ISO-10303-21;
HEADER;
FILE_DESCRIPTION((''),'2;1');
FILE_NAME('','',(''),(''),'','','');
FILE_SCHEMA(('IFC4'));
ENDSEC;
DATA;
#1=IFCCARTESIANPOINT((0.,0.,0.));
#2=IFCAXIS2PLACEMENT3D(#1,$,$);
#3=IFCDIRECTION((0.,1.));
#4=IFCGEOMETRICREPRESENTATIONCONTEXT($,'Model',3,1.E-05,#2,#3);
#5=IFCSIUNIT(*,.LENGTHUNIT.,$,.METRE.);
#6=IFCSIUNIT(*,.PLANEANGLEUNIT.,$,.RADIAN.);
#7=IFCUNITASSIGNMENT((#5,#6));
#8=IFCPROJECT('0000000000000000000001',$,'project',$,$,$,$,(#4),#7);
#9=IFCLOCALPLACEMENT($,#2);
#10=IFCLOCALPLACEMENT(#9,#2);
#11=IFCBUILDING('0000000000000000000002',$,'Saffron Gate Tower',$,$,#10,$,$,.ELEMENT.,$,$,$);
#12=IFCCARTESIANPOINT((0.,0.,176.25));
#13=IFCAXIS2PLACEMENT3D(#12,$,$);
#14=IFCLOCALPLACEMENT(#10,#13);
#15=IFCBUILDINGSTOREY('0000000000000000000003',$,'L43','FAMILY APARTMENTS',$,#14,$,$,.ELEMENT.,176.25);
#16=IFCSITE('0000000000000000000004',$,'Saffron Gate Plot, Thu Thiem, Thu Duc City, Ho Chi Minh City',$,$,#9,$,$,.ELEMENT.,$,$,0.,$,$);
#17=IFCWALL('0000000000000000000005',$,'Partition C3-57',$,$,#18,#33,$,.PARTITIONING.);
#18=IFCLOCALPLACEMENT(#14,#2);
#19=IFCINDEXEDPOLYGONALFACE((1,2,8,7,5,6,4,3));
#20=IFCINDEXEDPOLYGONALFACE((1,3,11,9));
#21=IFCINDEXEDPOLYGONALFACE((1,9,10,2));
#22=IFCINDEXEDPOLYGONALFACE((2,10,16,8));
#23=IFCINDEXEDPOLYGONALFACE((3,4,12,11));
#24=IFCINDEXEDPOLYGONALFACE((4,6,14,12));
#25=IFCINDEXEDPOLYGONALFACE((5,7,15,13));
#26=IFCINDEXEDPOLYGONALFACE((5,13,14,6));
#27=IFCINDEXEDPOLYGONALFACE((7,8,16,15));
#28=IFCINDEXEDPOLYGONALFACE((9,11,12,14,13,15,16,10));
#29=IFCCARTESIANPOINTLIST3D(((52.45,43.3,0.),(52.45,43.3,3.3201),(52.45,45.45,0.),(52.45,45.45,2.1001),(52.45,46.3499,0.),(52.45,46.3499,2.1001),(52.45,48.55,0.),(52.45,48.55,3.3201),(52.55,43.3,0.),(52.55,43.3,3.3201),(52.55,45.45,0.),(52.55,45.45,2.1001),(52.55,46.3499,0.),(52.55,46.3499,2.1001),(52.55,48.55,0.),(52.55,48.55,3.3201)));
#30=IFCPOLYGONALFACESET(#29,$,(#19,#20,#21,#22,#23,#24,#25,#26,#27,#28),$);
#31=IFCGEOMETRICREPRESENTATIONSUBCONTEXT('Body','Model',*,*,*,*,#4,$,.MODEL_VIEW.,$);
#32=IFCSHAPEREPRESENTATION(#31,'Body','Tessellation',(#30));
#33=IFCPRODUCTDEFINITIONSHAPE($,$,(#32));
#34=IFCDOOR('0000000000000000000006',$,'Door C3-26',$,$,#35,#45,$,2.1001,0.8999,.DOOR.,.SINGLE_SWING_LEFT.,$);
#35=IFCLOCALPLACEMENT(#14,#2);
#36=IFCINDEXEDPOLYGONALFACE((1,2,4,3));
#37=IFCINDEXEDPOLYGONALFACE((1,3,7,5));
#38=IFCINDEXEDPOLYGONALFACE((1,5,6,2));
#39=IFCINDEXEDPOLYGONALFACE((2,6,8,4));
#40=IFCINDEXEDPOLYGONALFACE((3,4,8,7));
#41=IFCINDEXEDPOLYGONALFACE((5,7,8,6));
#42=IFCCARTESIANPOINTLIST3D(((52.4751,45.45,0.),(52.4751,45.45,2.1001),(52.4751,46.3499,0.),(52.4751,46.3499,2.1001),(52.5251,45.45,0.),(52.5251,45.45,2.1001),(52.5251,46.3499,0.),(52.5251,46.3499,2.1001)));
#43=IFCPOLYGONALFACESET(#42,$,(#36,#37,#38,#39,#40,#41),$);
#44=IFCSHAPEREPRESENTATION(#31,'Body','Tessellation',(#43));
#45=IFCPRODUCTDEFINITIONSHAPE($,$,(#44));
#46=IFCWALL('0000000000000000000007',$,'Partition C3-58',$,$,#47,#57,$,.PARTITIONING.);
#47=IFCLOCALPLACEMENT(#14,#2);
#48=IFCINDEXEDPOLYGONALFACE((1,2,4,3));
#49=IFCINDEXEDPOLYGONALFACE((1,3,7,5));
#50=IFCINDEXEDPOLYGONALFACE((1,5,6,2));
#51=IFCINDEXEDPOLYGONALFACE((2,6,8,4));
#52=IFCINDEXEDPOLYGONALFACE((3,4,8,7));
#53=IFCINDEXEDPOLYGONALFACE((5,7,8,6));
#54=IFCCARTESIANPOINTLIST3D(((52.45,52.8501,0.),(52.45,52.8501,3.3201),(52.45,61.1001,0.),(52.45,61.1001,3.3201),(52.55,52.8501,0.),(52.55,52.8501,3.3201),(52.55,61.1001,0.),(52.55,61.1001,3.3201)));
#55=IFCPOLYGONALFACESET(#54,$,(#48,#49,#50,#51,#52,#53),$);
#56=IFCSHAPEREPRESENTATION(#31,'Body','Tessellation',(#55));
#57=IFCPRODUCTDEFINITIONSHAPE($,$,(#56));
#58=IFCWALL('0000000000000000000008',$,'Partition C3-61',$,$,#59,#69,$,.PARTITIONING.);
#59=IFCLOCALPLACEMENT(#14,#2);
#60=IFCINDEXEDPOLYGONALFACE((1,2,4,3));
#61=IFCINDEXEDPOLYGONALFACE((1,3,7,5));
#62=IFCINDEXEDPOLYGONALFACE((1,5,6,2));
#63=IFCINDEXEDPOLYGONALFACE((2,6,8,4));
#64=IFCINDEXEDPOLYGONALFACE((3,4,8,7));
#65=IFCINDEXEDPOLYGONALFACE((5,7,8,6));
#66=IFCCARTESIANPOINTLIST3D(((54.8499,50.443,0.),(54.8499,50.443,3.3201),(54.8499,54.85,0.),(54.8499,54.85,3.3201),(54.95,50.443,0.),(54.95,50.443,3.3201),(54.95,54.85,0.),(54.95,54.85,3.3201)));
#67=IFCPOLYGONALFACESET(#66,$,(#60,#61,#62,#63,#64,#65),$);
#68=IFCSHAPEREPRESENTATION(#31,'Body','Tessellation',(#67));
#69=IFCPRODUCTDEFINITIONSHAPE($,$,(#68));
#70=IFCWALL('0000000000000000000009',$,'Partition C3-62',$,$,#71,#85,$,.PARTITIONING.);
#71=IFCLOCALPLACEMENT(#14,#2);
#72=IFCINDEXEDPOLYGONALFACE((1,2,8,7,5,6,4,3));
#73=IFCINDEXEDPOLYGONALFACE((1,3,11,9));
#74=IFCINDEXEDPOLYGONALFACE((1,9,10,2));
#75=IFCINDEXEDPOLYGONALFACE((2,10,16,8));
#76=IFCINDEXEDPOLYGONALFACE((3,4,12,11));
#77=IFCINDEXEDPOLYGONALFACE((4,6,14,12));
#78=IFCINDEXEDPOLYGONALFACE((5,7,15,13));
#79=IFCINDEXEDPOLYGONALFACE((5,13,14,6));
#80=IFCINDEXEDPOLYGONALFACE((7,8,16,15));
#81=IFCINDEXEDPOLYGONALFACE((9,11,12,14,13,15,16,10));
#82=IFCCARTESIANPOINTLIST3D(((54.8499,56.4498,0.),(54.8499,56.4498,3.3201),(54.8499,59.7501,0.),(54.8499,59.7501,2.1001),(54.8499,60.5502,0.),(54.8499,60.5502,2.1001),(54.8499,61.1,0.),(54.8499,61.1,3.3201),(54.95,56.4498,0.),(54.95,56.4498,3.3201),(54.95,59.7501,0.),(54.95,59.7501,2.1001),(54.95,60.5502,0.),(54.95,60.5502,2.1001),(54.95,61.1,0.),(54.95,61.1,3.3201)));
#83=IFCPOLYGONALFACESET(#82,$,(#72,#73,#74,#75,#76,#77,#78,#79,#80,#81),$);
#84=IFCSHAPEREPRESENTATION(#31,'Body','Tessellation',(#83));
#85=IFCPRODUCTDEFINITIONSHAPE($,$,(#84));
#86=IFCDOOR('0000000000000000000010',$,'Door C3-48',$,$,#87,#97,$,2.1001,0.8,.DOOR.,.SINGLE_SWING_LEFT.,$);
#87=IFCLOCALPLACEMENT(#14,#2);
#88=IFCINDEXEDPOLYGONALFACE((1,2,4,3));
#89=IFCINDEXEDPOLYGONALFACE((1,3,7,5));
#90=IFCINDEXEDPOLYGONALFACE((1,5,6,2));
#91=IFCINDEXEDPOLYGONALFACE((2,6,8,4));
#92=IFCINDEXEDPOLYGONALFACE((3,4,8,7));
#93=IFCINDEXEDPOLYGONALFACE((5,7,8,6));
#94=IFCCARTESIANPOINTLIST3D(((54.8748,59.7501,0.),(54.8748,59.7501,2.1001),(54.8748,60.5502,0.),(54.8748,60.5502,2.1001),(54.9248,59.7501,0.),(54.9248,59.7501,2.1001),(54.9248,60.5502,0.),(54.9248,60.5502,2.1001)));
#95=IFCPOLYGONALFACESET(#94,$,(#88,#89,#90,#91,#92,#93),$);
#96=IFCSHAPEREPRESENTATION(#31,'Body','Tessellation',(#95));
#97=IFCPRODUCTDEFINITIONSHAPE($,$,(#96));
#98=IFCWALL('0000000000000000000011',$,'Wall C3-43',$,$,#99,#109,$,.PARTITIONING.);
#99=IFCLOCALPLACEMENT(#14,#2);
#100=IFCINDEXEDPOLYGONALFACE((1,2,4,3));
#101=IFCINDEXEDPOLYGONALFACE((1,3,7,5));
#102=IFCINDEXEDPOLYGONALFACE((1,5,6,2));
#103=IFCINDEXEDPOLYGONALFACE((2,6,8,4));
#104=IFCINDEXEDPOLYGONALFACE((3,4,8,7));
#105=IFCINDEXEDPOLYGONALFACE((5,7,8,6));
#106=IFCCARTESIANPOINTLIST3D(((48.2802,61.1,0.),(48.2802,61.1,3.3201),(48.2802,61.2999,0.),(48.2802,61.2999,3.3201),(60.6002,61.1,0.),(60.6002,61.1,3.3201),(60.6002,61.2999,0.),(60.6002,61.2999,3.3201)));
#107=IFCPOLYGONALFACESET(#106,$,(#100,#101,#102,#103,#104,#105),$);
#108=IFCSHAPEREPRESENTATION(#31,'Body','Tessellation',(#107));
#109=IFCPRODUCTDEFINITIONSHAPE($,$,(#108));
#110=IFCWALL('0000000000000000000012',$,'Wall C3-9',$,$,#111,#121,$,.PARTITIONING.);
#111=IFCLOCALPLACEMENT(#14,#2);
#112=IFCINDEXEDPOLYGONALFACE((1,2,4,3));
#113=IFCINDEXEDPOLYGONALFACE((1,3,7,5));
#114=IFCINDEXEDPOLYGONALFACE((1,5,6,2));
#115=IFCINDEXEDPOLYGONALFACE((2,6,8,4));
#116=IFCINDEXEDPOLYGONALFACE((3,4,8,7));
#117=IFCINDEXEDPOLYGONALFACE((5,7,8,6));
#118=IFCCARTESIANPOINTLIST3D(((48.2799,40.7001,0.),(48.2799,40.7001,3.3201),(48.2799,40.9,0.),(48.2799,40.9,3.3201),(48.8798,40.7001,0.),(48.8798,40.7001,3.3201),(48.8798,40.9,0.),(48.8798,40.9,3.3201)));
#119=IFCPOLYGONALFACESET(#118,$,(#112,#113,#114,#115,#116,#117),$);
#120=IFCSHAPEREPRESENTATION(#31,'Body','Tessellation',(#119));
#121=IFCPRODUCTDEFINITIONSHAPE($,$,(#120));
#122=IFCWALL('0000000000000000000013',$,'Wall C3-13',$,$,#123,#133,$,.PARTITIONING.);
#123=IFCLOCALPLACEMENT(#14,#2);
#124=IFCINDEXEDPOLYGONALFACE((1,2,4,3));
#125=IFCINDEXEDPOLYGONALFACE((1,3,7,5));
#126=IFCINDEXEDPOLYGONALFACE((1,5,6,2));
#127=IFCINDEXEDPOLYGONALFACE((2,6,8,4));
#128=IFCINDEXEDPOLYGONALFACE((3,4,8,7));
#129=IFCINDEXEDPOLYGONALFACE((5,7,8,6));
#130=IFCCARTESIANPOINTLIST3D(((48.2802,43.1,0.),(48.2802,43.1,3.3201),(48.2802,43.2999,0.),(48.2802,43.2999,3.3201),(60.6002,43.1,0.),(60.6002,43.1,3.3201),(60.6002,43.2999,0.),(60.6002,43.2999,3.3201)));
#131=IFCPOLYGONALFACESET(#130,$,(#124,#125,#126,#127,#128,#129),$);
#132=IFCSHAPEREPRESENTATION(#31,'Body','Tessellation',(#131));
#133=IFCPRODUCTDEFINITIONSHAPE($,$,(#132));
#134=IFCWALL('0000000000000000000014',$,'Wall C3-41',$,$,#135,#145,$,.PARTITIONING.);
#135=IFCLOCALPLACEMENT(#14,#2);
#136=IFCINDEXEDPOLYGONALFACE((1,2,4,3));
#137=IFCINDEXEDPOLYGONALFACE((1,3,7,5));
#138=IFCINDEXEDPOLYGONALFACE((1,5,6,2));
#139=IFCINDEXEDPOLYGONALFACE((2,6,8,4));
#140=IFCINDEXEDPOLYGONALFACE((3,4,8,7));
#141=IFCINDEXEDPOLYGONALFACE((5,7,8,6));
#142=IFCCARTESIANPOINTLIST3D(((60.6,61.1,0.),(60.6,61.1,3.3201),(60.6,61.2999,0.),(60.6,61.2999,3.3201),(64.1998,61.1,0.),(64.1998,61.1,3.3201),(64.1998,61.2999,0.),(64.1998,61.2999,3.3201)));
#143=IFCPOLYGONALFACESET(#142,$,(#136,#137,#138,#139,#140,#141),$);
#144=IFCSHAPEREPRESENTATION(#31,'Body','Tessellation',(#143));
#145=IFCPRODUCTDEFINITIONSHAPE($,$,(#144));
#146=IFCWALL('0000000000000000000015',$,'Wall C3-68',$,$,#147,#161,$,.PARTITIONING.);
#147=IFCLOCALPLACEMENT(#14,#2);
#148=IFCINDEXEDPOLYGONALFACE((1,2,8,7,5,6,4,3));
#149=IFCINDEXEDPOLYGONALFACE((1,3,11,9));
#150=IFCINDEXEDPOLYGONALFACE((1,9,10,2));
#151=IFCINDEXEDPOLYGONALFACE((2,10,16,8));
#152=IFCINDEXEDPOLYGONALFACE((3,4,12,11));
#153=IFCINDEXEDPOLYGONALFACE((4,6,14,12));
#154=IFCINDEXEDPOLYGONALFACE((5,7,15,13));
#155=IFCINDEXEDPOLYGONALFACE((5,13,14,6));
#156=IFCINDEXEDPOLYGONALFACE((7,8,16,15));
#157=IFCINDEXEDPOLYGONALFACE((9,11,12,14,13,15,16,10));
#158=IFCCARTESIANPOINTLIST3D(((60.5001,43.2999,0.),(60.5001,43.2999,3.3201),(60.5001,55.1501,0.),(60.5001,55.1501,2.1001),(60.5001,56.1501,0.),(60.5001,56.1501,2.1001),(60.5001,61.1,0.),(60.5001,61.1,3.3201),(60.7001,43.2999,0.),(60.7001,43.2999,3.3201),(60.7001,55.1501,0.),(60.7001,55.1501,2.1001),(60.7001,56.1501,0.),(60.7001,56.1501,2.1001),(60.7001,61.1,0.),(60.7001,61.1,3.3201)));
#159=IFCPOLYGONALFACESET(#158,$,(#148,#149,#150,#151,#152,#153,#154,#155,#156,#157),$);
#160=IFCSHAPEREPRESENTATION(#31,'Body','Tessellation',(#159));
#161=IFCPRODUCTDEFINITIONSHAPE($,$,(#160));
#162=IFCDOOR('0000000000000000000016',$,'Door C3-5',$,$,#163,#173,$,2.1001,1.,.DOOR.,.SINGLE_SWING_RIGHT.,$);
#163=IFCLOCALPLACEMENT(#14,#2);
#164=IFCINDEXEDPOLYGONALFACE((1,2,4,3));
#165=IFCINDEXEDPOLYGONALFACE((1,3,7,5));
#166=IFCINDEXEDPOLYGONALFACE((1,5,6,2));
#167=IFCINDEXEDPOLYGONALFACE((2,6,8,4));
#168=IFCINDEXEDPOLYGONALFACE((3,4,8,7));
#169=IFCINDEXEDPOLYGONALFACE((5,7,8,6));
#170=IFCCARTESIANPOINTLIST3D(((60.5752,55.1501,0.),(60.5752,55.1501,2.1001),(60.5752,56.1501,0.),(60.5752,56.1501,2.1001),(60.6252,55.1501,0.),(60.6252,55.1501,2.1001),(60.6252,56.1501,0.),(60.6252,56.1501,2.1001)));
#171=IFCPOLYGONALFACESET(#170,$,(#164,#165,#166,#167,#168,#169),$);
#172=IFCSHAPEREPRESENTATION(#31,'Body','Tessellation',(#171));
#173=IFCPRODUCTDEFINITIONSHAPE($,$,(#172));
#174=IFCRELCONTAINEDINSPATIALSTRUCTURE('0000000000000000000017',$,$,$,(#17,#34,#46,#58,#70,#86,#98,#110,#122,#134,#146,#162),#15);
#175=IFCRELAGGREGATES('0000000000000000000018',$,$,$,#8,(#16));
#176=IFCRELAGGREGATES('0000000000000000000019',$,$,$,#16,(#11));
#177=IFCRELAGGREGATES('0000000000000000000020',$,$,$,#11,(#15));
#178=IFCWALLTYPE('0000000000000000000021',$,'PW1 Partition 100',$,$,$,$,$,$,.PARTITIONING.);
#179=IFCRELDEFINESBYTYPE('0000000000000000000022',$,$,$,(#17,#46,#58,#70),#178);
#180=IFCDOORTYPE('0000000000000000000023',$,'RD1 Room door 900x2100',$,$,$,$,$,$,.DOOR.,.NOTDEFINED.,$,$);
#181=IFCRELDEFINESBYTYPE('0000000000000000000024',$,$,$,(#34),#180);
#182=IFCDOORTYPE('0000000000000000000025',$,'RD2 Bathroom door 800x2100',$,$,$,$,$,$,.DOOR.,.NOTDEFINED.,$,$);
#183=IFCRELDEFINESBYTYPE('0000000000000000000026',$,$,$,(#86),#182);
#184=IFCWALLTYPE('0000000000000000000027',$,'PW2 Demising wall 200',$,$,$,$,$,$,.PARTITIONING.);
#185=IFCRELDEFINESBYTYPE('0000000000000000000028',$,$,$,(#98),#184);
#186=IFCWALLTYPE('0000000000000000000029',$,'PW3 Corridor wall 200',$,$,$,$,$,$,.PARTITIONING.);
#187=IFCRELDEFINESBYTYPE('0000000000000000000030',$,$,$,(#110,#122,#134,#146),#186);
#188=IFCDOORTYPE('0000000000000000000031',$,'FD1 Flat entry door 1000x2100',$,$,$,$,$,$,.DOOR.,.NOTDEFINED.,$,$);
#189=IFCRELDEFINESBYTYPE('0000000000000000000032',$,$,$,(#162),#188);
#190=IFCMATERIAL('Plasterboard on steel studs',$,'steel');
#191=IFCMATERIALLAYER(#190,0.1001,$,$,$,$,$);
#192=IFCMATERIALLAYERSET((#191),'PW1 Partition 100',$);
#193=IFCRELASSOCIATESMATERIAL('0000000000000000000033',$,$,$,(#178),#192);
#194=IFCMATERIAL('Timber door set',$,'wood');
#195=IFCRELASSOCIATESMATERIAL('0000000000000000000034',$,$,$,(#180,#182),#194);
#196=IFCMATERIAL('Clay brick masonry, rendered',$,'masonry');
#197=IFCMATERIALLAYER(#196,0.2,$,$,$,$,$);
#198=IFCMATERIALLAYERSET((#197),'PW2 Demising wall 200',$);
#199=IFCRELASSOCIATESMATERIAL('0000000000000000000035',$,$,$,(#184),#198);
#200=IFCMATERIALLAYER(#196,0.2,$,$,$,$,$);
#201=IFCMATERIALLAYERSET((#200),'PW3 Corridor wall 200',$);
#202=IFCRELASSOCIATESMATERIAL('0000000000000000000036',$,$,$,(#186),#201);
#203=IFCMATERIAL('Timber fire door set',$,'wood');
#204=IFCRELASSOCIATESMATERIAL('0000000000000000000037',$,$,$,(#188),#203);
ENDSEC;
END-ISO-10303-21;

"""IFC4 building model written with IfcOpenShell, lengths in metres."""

from ifc_helpers import new_model, si_unit, direction, frame, frame_2d, origin, place, context, subcontext, project, spatial, rectangle, extrude, material, layer, layer_set, type_object, element, fill, save


model = new_model("IFC4")

# Units and contexts
model_context = context("Model", 3, precision=1e-05, world=origin(), true_north=direction((0.0, 1.0)))
body_context = subcontext(model_context, "Body", "Model", "MODEL_VIEW")
ifc_project = project(units=[si_unit("LENGTHUNIT", "METRE"), si_unit("PLANEANGLEUNIT", "RADIAN")], contexts=[model_context])

# Site, building, storey
site_placement = place(None, origin())
site = spatial("IfcSite", under=ifc_project, at=site_placement, Name="Saffron Gate Plot, Thu Thiem, Thu Duc City, Ho Chi Minh City", CompositionType="ELEMENT", RefElevation=0.0)
building_placement = place(site_placement, origin())
building = spatial("IfcBuilding", under=site, at=building_placement, Name="Saffron Gate Tower", CompositionType="ELEMENT")
storey_placement = place(building_placement, frame((0.0, 0.0, 176.25)))
storey = spatial("IfcBuildingStorey", under=building, at=storey_placement, Name="L43", Description="FAMILY APARTMENTS", CompositionType="ELEMENT", Elevation=176.25)

# Shared definitions
ifc_material_1 = material(Name="Plasterboard on steel studs", Category="steel")
ifc_layer_1 = layer(ifc_material_1, 0.1001)
ifc_layer_set_1 = layer_set([ifc_layer_1], Name="PW1 Partition 100")
wall_type_1 = type_object("IfcWallType", Name="PW1 Partition 100", PredefinedType="PARTITIONING", material=ifc_layer_set_1)

# Shared definitions
ifc_material_2 = material(Name="Timber door set", Category="wood")
door_type_1 = type_object("IfcDoorType", Name="RD1 Room door 900x2100", OperationType="NOTDEFINED", PredefinedType="DOOR", material=ifc_material_2)
door_type_2 = type_object("IfcDoorType", Name="RD2 Bathroom door 800x2100", OperationType="NOTDEFINED", PredefinedType="DOOR", material=ifc_material_2)

# Wall, opening, door
wall_1_placement = place(storey_placement, frame((52.5, 43.3, 0.0), z_axis=(0.0, 0.0, 1.0), x_axis=(0.0, 1.0, 0.0)))
wall_1 = element("IfcWall", 1, at=wall_1_placement, inside=storey, type_object=wall_type_1, Name="Partition C3-57", PredefinedType="PARTITIONING", context=body_context, shape_type="SweptSolid", body=[
    extrude(rectangle(XDim=5.25, YDim=0.1001, at=frame_2d((2.625, 0.0))), origin(), (0.0, 0.0, 1.0), 3.3201),
])
opening_1_placement = place(wall_1_placement, frame((2.1499, 0.0, 0.0)))
opening_1 = element("IfcOpeningElement", 2, at=opening_1_placement, cuts=wall_1, PredefinedType="OPENING", context=body_context, shape_type="SweptSolid", body=[
    extrude(rectangle(XDim=0.8999, YDim=2.1001, at=frame_2d((0.45, 1.05))), frame((0.0, 0.0601, 0.0), z_axis=(0.0, -1.0, 0.0), x_axis=(1.0, 0.0, 0.0)), (0.0, 0.0, 1.0), 0.1201),
])
door_1_placement = place(opening_1_placement, origin())
door_1 = element("IfcDoor", 3, at=door_1_placement, inside=storey, type_object=door_type_1, Name="Door C3-26", OperationType="SINGLE_SWING_LEFT", OverallHeight=2.1001, OverallWidth=0.8999, PredefinedType="DOOR", context=body_context, shape_type="SweptSolid", body=[
    extrude(rectangle(XDim=0.8999, YDim=2.1001, at=frame_2d((0.45, 1.05))), frame((0.0, 0.0249, 0.0), z_axis=(0.0, -1.0, 0.0), x_axis=(1.0, 0.0, 0.0)), (0.0, 0.0, 1.0), 0.05),
])
fill(opening_1, door_1)

# Walls
wall_2_placement = place(storey_placement, frame((52.5, 61.1001, 0.0), z_axis=(0.0, 0.0, 1.0), x_axis=(0.0, -1.0, 0.0)))
element("IfcWall", 4, at=wall_2_placement, inside=storey, type_object=wall_type_1, Name="Partition C3-58", PredefinedType="PARTITIONING", context=body_context, shape_type="SweptSolid", body=[
    extrude(rectangle(XDim=8.25, YDim=0.1001, at=frame_2d((4.125, 0.0))), origin(), (0.0, 0.0, 1.0), 3.3201),
])
wall_3_placement = place(storey_placement, frame((54.8999, 54.8501, 0.0), z_axis=(0.0, 0.0, 1.0), x_axis=(0.0, -1.0, 0.0)))
element("IfcWall", 5, at=wall_3_placement, inside=storey, type_object=wall_type_1, Name="Partition C3-61", PredefinedType="PARTITIONING", context=body_context, shape_type="SweptSolid", body=[
    extrude(rectangle(XDim=4.407, YDim=0.1001, at=frame_2d((2.2036, 0.0))), origin(), (0.0, 0.0, 1.0), 3.3201),
])

# Wall, opening, door
wall_4_placement = place(storey_placement, frame((54.8999, 61.1001, 0.0), z_axis=(0.0, 0.0, 1.0), x_axis=(0.0, -1.0, 0.0)))
wall_4 = element("IfcWall", 6, at=wall_4_placement, inside=storey, type_object=wall_type_1, Name="Partition C3-62", PredefinedType="PARTITIONING", context=body_context, shape_type="SweptSolid", body=[
    extrude(rectangle(XDim=4.6501, YDim=0.1001, at=frame_2d((2.3252, 0.0))), origin(), (0.0, 0.0, 1.0), 3.3201),
])
opening_2_placement = place(wall_4_placement, frame((0.55, 0.0, 0.0)))
opening_2 = element("IfcOpeningElement", 7, at=opening_2_placement, cuts=wall_4, PredefinedType="OPENING", context=body_context, shape_type="SweptSolid", body=[
    extrude(rectangle(XDim=0.8, YDim=2.1001, at=frame_2d((0.3999, 1.05))), frame((0.0, 0.0601, 0.0), z_axis=(0.0, -1.0, 0.0), x_axis=(1.0, 0.0, 0.0)), (0.0, 0.0, 1.0), 0.1201),
])
door_2_placement = place(opening_2_placement, origin())
door_2 = element("IfcDoor", 8, at=door_2_placement, inside=storey, type_object=door_type_2, Name="Door C3-48", OperationType="SINGLE_SWING_LEFT", OverallHeight=2.1001, OverallWidth=0.8, PredefinedType="DOOR", context=body_context, shape_type="SweptSolid", body=[
    extrude(rectangle(XDim=0.8, YDim=2.1001, at=frame_2d((0.3999, 1.05))), frame((0.0, 0.0249, 0.0), z_axis=(0.0, -1.0, 0.0), x_axis=(1.0, 0.0, 0.0)), (0.0, 0.0, 1.0), 0.05),
])
fill(opening_2, door_2)

# Walls
ifc_material_3 = material(Name="Clay brick masonry, rendered", Category="masonry")
ifc_layer_2 = layer(ifc_material_3, 0.2)
ifc_layer_set_2 = layer_set([ifc_layer_2], Name="PW2 Demising wall 200")
wall_type_2 = type_object("IfcWallType", Name="PW2 Demising wall 200", PredefinedType="PARTITIONING", material=ifc_layer_set_2)
wall_5_placement = place(storey_placement, frame((48.28, 61.2, 0.0), z_axis=(0.0, 0.0, 1.0), x_axis=(1.0, 0.0, 0.0)))
element("IfcWall", 9, at=wall_5_placement, inside=storey, type_object=wall_type_2, Name="Wall C3-43", PredefinedType="PARTITIONING", context=body_context, shape_type="SweptSolid", body=[
    extrude(rectangle(XDim=12.3201, YDim=0.2, at=frame_2d((6.1602, 0.0))), origin(), (0.0, 0.0, 1.0), 3.3201),
])
ifc_layer_3 = layer(ifc_material_3, 0.2)
ifc_layer_set_3 = layer_set([ifc_layer_3], Name="PW3 Corridor wall 200")
wall_type_3 = type_object("IfcWallType", Name="PW3 Corridor wall 200", PredefinedType="PARTITIONING", material=ifc_layer_set_3)
wall_6_placement = place(storey_placement, frame((48.28, 40.8, 0.0), z_axis=(0.0, 0.0, 1.0), x_axis=(1.0, 0.0, 0.0)))
element("IfcWall", 10, at=wall_6_placement, inside=storey, type_object=wall_type_3, Name="Wall C3-9", PredefinedType="PARTITIONING", context=body_context, shape_type="SweptSolid", body=[
    extrude(rectangle(XDim=0.5999, YDim=0.2, at=frame_2d((0.2998, 0.0))), origin(), (0.0, 0.0, 1.0), 3.3201),
])
wall_7_placement = place(storey_placement, frame((48.28, 43.2, 0.0), z_axis=(0.0, 0.0, 1.0), x_axis=(1.0, 0.0, 0.0)))
element("IfcWall", 11, at=wall_7_placement, inside=storey, type_object=wall_type_3, Name="Wall C3-13", PredefinedType="PARTITIONING", context=body_context, shape_type="SweptSolid", body=[
    extrude(rectangle(XDim=12.3201, YDim=0.2, at=frame_2d((6.1602, 0.0))), origin(), (0.0, 0.0, 1.0), 3.3201),
])
wall_8_placement = place(storey_placement, frame((60.6001, 61.2, 0.0), z_axis=(0.0, 0.0, 1.0), x_axis=(1.0, 0.0, 0.0)))
element("IfcWall", 12, at=wall_8_placement, inside=storey, type_object=wall_type_3, Name="Wall C3-41", PredefinedType="PARTITIONING", context=body_context, shape_type="SweptSolid", body=[
    extrude(rectangle(XDim=3.5999, YDim=0.2, at=frame_2d((1.7998, 0.0))), origin(), (0.0, 0.0, 1.0), 3.3201),
])

# Wall, opening, door
wall_9_placement = place(storey_placement, frame((60.6001, 43.3, 0.0), z_axis=(0.0, 0.0, 1.0), x_axis=(0.0, 1.0, 0.0)))
wall_9 = element("IfcWall", 13, at=wall_9_placement, inside=storey, type_object=wall_type_3, Name="Wall C3-68", PredefinedType="PARTITIONING", context=body_context, shape_type="SweptSolid", body=[
    extrude(rectangle(XDim=17.8, YDim=0.2, at=frame_2d((8.8999, 0.0))), origin(), (0.0, 0.0, 1.0), 3.3201),
])
opening_3_placement = place(wall_9_placement, frame((11.8501, 0.0, 0.0)))
opening_3 = element("IfcOpeningElement", 14, at=opening_3_placement, cuts=wall_9, PredefinedType="OPENING", context=body_context, shape_type="SweptSolid", body=[
    extrude(rectangle(XDim=1.0, YDim=2.1001, at=frame_2d((0.5, 1.05))), frame((0.0, 0.1099, 0.0), z_axis=(0.0, -1.0, 0.0), x_axis=(1.0, 0.0, 0.0)), (0.0, 0.0, 1.0), 0.22),
])
ifc_material_4 = material(Name="Timber fire door set", Category="wood")
door_type_3 = type_object("IfcDoorType", Name="FD1 Flat entry door 1000x2100", OperationType="NOTDEFINED", PredefinedType="DOOR", material=ifc_material_4)
door_3_placement = place(opening_3_placement, origin())
door_3 = element("IfcDoor", 15, at=door_3_placement, inside=storey, type_object=door_type_3, Name="Door C3-5", OperationType="SINGLE_SWING_RIGHT", OverallHeight=2.1001, OverallWidth=1.0, PredefinedType="DOOR", context=body_context, shape_type="SweptSolid", body=[
    extrude(rectangle(XDim=1.0, YDim=2.1001, at=frame_2d((0.5, 1.05))), frame((0.0, 0.0249, 0.0), z_axis=(0.0, -1.0, 0.0), x_axis=(1.0, 0.0, 0.0)), (0.0, 0.0, 1.0), 0.05),
])
fill(opening_3, door_3)

save(model, "model.ifc")
